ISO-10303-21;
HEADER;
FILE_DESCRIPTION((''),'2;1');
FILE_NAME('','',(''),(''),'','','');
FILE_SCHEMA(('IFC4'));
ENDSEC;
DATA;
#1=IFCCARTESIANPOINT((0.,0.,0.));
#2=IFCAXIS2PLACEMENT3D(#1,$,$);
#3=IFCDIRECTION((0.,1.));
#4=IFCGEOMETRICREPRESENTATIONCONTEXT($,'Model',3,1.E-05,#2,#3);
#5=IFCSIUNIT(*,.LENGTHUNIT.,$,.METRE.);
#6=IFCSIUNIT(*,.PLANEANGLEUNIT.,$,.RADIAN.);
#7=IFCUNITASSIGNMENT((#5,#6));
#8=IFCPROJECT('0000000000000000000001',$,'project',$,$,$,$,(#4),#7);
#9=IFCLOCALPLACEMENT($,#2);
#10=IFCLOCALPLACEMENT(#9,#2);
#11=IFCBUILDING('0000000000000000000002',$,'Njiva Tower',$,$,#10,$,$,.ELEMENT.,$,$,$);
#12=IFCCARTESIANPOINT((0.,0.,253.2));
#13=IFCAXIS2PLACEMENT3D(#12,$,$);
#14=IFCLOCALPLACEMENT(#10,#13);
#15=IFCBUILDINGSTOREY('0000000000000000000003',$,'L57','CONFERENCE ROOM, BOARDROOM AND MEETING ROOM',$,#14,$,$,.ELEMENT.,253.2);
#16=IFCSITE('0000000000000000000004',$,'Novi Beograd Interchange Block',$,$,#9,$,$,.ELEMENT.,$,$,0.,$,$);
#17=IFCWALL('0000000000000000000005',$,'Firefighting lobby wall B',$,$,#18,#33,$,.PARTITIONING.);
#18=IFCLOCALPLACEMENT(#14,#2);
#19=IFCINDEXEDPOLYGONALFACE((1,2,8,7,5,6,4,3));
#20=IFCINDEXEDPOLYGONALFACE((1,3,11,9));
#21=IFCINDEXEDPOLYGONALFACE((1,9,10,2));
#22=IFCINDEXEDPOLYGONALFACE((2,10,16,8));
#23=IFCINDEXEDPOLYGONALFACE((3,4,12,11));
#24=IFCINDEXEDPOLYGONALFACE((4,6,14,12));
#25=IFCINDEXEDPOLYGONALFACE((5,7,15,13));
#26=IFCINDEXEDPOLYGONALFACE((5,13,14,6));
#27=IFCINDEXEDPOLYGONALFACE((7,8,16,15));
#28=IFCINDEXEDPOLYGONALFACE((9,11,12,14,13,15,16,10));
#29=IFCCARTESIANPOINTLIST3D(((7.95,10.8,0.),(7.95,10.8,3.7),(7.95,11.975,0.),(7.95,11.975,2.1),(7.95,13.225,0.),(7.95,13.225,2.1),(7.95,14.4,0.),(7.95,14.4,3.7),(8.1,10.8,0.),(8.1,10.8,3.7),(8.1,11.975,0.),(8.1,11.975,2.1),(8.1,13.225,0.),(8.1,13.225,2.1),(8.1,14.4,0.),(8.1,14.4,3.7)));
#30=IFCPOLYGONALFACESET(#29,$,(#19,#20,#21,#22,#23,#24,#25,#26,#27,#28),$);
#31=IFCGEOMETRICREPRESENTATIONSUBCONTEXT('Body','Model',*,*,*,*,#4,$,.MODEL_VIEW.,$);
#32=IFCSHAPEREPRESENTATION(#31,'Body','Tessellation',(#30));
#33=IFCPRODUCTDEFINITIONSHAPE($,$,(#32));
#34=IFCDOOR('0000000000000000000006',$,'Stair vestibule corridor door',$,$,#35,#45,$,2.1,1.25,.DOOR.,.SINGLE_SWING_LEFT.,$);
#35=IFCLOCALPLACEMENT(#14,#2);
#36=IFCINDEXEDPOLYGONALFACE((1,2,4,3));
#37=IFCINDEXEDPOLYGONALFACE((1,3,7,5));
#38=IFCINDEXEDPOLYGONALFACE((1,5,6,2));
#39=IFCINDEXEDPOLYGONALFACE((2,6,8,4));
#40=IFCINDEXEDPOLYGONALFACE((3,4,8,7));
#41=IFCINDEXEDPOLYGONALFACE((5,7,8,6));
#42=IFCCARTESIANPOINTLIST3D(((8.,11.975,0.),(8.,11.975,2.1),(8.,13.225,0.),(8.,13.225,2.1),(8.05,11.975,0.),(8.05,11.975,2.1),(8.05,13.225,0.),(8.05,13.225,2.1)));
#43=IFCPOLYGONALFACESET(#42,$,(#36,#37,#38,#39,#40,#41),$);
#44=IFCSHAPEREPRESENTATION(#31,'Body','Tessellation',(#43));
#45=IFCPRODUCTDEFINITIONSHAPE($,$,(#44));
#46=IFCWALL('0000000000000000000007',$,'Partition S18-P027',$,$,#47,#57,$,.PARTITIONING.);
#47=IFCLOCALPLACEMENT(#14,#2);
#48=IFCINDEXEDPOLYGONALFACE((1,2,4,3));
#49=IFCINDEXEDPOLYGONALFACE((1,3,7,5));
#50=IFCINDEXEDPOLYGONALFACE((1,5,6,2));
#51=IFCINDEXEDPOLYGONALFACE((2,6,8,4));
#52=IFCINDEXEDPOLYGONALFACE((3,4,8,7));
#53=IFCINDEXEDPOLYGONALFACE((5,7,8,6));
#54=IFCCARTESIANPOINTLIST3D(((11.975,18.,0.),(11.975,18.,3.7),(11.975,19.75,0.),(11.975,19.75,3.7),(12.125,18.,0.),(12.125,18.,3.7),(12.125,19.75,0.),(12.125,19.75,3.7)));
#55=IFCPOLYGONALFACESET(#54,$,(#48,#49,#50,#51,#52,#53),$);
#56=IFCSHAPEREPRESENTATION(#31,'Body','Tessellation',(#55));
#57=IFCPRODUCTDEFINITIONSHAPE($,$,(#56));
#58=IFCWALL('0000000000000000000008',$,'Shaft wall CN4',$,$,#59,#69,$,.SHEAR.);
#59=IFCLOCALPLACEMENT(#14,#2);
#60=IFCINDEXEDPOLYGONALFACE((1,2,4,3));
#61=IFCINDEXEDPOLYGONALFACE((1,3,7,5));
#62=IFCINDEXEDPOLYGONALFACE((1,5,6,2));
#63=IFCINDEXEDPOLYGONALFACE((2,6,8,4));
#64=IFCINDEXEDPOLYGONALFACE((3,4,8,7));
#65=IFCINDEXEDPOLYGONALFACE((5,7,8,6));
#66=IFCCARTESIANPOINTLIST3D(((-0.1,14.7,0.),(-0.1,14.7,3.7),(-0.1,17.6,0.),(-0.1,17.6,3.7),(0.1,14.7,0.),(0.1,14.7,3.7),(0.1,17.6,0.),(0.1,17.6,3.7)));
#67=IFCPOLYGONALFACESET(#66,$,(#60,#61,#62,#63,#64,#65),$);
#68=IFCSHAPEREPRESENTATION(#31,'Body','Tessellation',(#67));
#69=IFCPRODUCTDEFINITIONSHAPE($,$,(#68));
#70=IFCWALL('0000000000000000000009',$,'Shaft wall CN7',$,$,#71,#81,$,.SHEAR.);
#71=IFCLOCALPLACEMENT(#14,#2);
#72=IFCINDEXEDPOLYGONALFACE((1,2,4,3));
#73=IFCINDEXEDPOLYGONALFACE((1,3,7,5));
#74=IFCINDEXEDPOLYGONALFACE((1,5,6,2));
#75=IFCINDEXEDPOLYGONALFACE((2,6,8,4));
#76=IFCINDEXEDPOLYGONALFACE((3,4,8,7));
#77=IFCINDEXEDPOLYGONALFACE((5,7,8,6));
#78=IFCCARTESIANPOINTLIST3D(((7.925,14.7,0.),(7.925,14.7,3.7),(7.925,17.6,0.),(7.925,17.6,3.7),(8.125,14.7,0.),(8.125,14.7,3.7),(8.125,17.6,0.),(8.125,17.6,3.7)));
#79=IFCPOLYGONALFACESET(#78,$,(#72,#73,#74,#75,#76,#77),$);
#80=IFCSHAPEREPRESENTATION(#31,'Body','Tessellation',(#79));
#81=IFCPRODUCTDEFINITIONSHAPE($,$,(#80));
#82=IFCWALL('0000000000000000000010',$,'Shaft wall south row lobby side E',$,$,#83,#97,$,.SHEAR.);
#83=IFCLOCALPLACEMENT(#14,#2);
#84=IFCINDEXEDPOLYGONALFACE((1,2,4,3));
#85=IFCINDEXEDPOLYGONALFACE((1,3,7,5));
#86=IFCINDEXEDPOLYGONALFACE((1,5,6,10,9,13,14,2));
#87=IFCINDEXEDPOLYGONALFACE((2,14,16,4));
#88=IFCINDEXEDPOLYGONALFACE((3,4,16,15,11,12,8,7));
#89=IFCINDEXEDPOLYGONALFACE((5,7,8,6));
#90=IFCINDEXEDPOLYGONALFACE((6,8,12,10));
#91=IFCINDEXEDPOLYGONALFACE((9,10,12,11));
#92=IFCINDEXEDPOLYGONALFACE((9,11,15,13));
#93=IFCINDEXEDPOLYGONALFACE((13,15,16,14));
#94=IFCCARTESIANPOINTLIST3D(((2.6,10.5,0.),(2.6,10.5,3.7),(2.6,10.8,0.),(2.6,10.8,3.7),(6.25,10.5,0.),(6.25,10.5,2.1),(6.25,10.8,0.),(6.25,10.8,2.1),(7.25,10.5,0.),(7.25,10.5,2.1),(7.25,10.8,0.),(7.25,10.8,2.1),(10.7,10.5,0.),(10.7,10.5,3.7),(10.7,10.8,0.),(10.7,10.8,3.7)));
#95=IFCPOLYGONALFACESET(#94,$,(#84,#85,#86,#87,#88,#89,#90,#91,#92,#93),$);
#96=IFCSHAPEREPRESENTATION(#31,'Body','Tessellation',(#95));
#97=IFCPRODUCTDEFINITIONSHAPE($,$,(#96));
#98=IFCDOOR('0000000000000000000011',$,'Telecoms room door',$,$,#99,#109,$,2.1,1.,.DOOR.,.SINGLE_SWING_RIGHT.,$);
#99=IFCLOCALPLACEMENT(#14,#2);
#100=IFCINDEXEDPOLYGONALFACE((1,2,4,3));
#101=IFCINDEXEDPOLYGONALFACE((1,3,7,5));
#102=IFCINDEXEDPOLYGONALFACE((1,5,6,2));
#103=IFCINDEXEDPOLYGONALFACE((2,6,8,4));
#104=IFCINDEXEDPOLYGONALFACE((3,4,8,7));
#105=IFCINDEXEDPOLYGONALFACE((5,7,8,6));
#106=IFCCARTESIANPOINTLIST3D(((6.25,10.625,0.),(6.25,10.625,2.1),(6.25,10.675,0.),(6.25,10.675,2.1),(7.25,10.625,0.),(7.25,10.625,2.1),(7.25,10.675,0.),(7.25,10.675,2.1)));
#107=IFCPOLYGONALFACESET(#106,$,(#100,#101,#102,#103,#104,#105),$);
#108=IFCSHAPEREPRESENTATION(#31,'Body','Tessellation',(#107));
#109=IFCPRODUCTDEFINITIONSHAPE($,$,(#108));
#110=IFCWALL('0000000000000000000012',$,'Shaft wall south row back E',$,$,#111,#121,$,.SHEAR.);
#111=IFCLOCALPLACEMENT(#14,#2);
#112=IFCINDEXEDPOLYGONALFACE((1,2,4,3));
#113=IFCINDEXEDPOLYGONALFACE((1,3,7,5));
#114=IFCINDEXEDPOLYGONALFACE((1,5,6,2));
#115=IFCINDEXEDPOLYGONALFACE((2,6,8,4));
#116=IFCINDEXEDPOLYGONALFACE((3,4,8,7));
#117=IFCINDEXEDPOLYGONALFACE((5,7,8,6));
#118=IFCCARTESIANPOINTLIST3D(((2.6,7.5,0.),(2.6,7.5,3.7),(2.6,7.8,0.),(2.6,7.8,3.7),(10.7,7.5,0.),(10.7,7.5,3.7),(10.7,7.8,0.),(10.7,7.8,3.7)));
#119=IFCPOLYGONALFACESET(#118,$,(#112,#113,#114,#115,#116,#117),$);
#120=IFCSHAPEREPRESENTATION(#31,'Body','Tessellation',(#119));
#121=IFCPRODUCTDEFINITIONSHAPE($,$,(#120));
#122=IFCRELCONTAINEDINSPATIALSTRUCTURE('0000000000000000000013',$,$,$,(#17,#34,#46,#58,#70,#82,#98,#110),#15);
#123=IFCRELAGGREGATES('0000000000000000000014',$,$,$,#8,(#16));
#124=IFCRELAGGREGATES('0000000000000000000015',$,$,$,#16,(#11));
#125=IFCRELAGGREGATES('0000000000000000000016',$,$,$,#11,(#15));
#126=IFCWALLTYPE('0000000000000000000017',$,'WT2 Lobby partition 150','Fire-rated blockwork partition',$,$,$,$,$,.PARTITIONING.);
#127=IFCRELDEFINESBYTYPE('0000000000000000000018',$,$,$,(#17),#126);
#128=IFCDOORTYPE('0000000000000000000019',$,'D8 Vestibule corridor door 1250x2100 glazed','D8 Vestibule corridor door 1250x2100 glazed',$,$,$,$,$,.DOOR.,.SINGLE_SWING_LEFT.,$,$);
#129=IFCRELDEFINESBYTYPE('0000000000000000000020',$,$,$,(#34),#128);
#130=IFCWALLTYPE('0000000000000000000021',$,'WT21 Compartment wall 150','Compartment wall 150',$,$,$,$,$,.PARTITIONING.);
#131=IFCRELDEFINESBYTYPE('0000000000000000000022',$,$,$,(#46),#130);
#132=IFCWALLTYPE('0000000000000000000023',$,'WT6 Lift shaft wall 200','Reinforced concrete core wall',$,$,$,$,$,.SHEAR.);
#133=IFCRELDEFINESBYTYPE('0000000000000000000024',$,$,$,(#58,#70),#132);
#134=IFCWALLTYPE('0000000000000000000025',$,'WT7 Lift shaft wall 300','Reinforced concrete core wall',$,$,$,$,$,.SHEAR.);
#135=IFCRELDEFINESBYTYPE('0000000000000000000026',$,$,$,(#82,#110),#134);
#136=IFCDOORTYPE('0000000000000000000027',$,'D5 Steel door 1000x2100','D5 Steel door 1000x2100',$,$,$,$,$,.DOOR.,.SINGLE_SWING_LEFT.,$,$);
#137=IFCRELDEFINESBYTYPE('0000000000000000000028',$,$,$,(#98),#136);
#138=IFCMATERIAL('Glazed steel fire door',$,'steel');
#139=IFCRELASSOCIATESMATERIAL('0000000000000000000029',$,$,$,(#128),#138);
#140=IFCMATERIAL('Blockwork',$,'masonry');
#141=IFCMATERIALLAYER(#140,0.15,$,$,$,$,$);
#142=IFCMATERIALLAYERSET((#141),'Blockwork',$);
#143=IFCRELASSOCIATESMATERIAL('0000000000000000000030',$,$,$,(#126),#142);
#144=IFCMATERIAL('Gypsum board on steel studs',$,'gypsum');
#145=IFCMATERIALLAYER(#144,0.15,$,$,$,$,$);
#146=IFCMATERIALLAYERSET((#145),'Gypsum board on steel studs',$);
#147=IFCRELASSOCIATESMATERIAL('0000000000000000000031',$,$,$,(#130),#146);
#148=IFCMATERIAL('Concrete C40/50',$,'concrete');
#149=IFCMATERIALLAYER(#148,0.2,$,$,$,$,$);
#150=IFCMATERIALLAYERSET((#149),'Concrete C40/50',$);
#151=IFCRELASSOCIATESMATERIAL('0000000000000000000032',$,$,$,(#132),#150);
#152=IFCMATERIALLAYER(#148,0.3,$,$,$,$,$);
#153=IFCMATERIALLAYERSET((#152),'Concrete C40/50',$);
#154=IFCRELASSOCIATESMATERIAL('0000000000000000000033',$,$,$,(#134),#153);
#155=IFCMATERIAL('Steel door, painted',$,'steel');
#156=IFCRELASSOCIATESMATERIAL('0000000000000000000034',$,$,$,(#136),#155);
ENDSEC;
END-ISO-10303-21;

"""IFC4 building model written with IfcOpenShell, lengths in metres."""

from ifc_helpers import new_model, si_unit, direction, frame, frame_2d, origin, place, context, subcontext, project, spatial, rectangle, extrude, material, layer, layer_set, type_object, element, fill, save


model = new_model("IFC4")

# Units and contexts
model_context = context("Model", 3, precision=1e-05, world=origin(), true_north=direction((0.0, 1.0)))
body_context = subcontext(model_context, "Body", "Model", "MODEL_VIEW")
ifc_project = project(units=[si_unit("LENGTHUNIT", "METRE"), si_unit("PLANEANGLEUNIT", "RADIAN")], contexts=[model_context])

# Site, building, storey
site_placement = place(None, origin())
site = spatial("IfcSite", under=ifc_project, at=site_placement, Name="Novi Beograd Interchange Block", CompositionType="ELEMENT", RefElevation=0.0)
building_placement = place(site_placement, origin())
building = spatial("IfcBuilding", under=site, at=building_placement, Name="Njiva Tower", CompositionType="ELEMENT")
storey_placement = place(building_placement, frame((0.0, 0.0, 253.2)))
storey = spatial("IfcBuildingStorey", under=building, at=storey_placement, Name="L57", Description="CONFERENCE ROOM, BOARDROOM AND MEETING ROOM", CompositionType="ELEMENT", Elevation=253.2)

# Shared definitions
ifc_material_1 = material(Name="Blockwork", Category="masonry")

# Shared definitions
ifc_material_2 = material(Name="Concrete C40/50", Category="concrete")
ifc_material_3 = material(Name="Steel door, painted", Category="steel")
ifc_material_4 = material(Name="Glazed steel fire door", Category="steel")
door_type_1 = type_object("IfcDoorType", Name="D8 Vestibule corridor door 1250x2100 glazed", Description="D8 Vestibule corridor door 1250x2100 glazed", OperationType="SINGLE_SWING_LEFT", PredefinedType="DOOR", material=ifc_material_4)

# Wall, opening, door
ifc_layer_1 = layer(ifc_material_1, 0.15)
ifc_layer_set_1 = layer_set([ifc_layer_1], Name="Blockwork")
wall_type_1 = type_object("IfcWallType", Name="WT2 Lobby partition 150", Description="Fire-rated blockwork partition", PredefinedType="PARTITIONING", material=ifc_layer_set_1)
wall_1_placement = place(storey_placement, frame((8.025, 10.8, 0.0), z_axis=(0.0, 0.0, 1.0), x_axis=(0.0, 1.0, 0.0)))
wall_1 = element("IfcWall", 1, at=wall_1_placement, inside=storey, type_object=wall_type_1, Name="Firefighting lobby wall B", PredefinedType="PARTITIONING", context=body_context, shape_type="SweptSolid", body=[
    extrude(rectangle(XDim=3.6, YDim=0.15, at=frame_2d((1.8, 0.0))), origin(), (0.0, 0.0, 1.0), 3.7),
])
opening_1_placement = place(wall_1_placement, frame((1.175, 0.0, 0.0)))
opening_1 = element("IfcOpeningElement", 2, at=opening_1_placement, cuts=wall_1, PredefinedType="OPENING", context=body_context, shape_type="SweptSolid", body=[
    extrude(rectangle(XDim=1.25, YDim=2.1, at=frame_2d((0.625, 1.05))), frame((0.0, 0.085, 0.0), z_axis=(0.0, -1.0, 0.0), x_axis=(1.0, 0.0, 0.0)), (0.0, 0.0, 1.0), 0.17),
])
door_1_placement = place(opening_1_placement, origin())
door_1 = element("IfcDoor", 3, at=door_1_placement, inside=storey, type_object=door_type_1, Name="Stair vestibule corridor door", OperationType="SINGLE_SWING_LEFT", OverallHeight=2.1, OverallWidth=1.25, PredefinedType="DOOR", context=body_context, shape_type="SweptSolid", body=[
    extrude(rectangle(XDim=1.25, YDim=2.1, at=frame_2d((0.625, 1.05))), frame((0.0, 0.025, 0.0), z_axis=(0.0, -1.0, 0.0), x_axis=(1.0, 0.0, 0.0)), (0.0, 0.0, 1.0), 0.05),
])
fill(opening_1, door_1)

# Walls
ifc_material_5 = material(Name="Gypsum board on steel studs", Category="gypsum")
ifc_layer_2 = layer(ifc_material_5, 0.15)
ifc_layer_set_2 = layer_set([ifc_layer_2], Name="Gypsum board on steel studs")
wall_type_2 = type_object("IfcWallType", Name="WT21 Compartment wall 150", Description="Compartment wall 150", PredefinedType="PARTITIONING", material=ifc_layer_set_2)
wall_2_placement = place(storey_placement, frame((12.05, 18.0, 0.0), z_axis=(0.0, 0.0, 1.0), x_axis=(0.0, 1.0, 0.0)))
element("IfcWall", 4, at=wall_2_placement, inside=storey, type_object=wall_type_2, Name="Partition S18-P027", PredefinedType="PARTITIONING", context=body_context, shape_type="SweptSolid", body=[
    extrude(rectangle(XDim=1.75, YDim=0.15, at=frame_2d((0.875, 0.0))), origin(), (0.0, 0.0, 1.0), 3.7),
])
ifc_layer_3 = layer(ifc_material_2, 0.2)
ifc_layer_set_3 = layer_set([ifc_layer_3], Name="Concrete C40/50")
wall_type_3 = type_object("IfcWallType", Name="WT6 Lift shaft wall 200", Description="Reinforced concrete core wall", PredefinedType="SHEAR", material=ifc_layer_set_3)
for number, where, z_axis, x_axis, name in (
    (5, (0.0, 14.7, 0.0), (0.0, 0.0, 1.0), (0.0, 1.0, 0.0), "Shaft wall CN4"),
    (6, (8.025, 14.7, 0.0), (0.0, 0.0, 1.0), (0.0, 1.0, 0.0), "Shaft wall CN7"),
):
    element("IfcWall", number, at=place(storey_placement, frame(where, z_axis=z_axis, x_axis=x_axis)), inside=storey, type_object=wall_type_3, Name=name, PredefinedType="SHEAR", context=body_context, shape_type="SweptSolid", body=[
        extrude(rectangle(XDim=2.9, YDim=0.2, at=frame_2d((1.45, 0.0))), origin(), (0.0, 0.0, 1.0), 3.7),
    ])

# Wall, opening, door
ifc_layer_4 = layer(ifc_material_2, 0.3)
ifc_layer_set_4 = layer_set([ifc_layer_4], Name="Concrete C40/50")
wall_type_4 = type_object("IfcWallType", Name="WT7 Lift shaft wall 300", Description="Reinforced concrete core wall", PredefinedType="SHEAR", material=ifc_layer_set_4)
wall_3_placement = place(storey_placement, frame((2.6, 10.65, 0.0), z_axis=(0.0, 0.0, 1.0), x_axis=(1.0, 0.0, 0.0)))
wall_3 = element("IfcWall", 7, at=wall_3_placement, inside=storey, type_object=wall_type_4, Name="Shaft wall south row lobby side E", PredefinedType="SHEAR", context=body_context, shape_type="SweptSolid", body=[
    extrude(rectangle(XDim=8.1, YDim=0.3, at=frame_2d((4.05, 0.0))), origin(), (0.0, 0.0, 1.0), 3.7),
])
opening_2_placement = place(wall_3_placement, frame((3.65, 0.0, 0.0)))
opening_2 = element("IfcOpeningElement", 8, at=opening_2_placement, cuts=wall_3, PredefinedType="OPENING", context=body_context, shape_type="SweptSolid", body=[
    extrude(rectangle(XDim=1.0, YDim=2.1, at=frame_2d((0.5, 1.05))), frame((0.0, 0.16, 0.0), z_axis=(0.0, -1.0, 0.0), x_axis=(1.0, 0.0, 0.0)), (0.0, 0.0, 1.0), 0.32),
])
door_type_2 = type_object("IfcDoorType", Name="D5 Steel door 1000x2100", Description="D5 Steel door 1000x2100", OperationType="SINGLE_SWING_LEFT", PredefinedType="DOOR", material=ifc_material_3)
door_2_placement = place(opening_2_placement, origin())
door_2 = element("IfcDoor", 9, at=door_2_placement, inside=storey, type_object=door_type_2, Name="Telecoms room door", OperationType="SINGLE_SWING_RIGHT", OverallHeight=2.1, OverallWidth=1.0, PredefinedType="DOOR", context=body_context, shape_type="SweptSolid", body=[
    extrude(rectangle(XDim=1.0, YDim=2.1, at=frame_2d((0.5, 1.05))), frame((0.0, 0.025, 0.0), z_axis=(0.0, -1.0, 0.0), x_axis=(1.0, 0.0, 0.0)), (0.0, 0.0, 1.0), 0.05),
])
fill(opening_2, door_2)

# Wall
wall_4_placement = place(storey_placement, frame((2.6, 7.65, 0.0), z_axis=(0.0, 0.0, 1.0), x_axis=(1.0, 0.0, 0.0)))
element("IfcWall", 10, at=wall_4_placement, inside=storey, type_object=wall_type_4, Name="Shaft wall south row back E", PredefinedType="SHEAR", context=body_context, shape_type="SweptSolid", body=[
    extrude(rectangle(XDim=8.1, YDim=0.3, at=frame_2d((4.05, 0.0))), origin(), (0.0, 0.0, 1.0), 3.7),
])

save(model, "model.ifc")
